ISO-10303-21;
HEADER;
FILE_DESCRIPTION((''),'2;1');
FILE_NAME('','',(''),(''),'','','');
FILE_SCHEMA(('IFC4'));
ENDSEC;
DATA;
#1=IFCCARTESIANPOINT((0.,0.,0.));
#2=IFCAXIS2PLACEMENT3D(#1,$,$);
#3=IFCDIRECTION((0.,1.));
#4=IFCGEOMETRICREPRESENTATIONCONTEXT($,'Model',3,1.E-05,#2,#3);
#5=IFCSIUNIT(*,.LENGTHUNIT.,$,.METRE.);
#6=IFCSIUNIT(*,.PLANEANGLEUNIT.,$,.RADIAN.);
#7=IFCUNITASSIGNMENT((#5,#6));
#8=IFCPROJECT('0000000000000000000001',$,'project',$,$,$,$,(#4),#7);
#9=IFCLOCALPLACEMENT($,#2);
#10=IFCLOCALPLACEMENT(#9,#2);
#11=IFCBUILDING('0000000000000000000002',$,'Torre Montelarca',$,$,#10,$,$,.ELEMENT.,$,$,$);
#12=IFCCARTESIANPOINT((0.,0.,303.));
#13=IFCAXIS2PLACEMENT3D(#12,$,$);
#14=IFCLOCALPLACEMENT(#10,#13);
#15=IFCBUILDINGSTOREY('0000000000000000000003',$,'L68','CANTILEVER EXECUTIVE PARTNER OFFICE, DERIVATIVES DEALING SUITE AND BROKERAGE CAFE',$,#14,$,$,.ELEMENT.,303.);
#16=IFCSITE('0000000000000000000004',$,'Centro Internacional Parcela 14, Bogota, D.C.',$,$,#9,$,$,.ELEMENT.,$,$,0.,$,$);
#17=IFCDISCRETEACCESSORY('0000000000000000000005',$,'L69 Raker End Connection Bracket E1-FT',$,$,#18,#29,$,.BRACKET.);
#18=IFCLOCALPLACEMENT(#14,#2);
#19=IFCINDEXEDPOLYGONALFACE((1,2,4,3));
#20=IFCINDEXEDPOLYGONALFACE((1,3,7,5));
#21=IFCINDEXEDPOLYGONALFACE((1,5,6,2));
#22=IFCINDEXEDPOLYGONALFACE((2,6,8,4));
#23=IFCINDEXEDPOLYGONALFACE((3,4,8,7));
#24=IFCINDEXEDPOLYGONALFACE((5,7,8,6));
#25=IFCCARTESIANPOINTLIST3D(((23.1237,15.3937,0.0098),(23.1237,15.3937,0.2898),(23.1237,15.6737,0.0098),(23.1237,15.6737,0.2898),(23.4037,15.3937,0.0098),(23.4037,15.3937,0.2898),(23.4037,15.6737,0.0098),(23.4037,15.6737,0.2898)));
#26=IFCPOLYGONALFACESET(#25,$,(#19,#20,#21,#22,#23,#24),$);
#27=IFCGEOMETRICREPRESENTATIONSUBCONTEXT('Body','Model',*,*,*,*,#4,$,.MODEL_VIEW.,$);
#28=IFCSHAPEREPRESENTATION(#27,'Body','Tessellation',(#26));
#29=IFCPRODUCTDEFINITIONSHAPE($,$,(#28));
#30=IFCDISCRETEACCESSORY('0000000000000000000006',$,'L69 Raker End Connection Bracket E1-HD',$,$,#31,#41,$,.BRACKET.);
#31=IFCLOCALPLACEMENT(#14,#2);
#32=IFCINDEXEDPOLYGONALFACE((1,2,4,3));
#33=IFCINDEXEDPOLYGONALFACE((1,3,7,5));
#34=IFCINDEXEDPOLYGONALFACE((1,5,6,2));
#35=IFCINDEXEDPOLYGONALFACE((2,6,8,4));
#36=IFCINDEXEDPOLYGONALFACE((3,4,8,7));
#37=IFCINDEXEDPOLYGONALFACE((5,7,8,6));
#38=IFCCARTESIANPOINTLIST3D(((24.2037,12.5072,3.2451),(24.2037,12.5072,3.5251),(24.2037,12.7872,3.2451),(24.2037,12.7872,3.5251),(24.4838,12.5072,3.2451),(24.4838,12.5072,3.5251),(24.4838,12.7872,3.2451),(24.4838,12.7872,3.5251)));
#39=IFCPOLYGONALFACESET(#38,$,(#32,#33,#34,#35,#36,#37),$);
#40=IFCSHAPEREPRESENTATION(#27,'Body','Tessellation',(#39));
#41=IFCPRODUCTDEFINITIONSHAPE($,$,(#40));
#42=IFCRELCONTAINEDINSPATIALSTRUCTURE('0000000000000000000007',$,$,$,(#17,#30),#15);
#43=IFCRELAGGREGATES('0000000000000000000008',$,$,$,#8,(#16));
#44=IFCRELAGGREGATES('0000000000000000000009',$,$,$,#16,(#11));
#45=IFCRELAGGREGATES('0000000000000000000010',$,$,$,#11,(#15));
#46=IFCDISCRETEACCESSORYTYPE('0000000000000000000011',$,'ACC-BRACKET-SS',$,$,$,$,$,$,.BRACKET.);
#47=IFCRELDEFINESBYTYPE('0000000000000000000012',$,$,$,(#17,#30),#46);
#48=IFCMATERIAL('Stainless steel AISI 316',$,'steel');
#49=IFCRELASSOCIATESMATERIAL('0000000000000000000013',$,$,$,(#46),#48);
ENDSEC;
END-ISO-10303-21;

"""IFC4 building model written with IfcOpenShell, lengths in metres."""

from ifc_helpers import new_model, si_unit, direction, frame, origin, origin_2d, place, context, subcontext, project, spatial, rectangle, extrude, source, transform, mapped, material, type_object, element, save


model = new_model("IFC4")

# Units and contexts
model_context = context("Model", 3, precision=1e-05, world=origin(), true_north=direction((0.0, 1.0)))
body_context = subcontext(model_context, "Body", "Model", "MODEL_VIEW")
ifc_project = project(units=[si_unit("LENGTHUNIT", "METRE"), si_unit("PLANEANGLEUNIT", "RADIAN")], contexts=[model_context])

# Site, building, storey
site_placement = place(None, origin())
site = spatial("IfcSite", under=ifc_project, at=site_placement, Name="Centro Internacional Parcela 14, Bogota, D.C.", CompositionType="ELEMENT", RefElevation=0.0)
building_placement = place(site_placement, origin())
building = spatial("IfcBuilding", under=site, at=building_placement, Name="Torre Montelarca", CompositionType="ELEMENT")
storey_placement = place(building_placement, frame((0.0, 0.0, 303.0)))
storey = spatial("IfcBuildingStorey", under=building, at=storey_placement, Name="L68", Description="CANTILEVER EXECUTIVE PARTNER OFFICE, DERIVATIVES DEALING SUITE AND BROKERAGE CAFE", CompositionType="ELEMENT", Elevation=303.0)

# Discrete accessories
ifc_material_1 = material(Name="Stainless steel AISI 316", Category="steel")
discrete_accessory_type = type_object("IfcDiscreteAccessoryType", Name="ACC-BRACKET-SS", PredefinedType="BRACKET", material=ifc_material_1)
shared_shape_1 = source(origin(), body_context, "Body", "SweptSolid", [
    extrude(rectangle(XDim=0.28, YDim=0.28, at=origin_2d()), origin(), (0.0, 0.0, 1.0), 0.28),
])
for number, where, z_axis, x_axis, name in (
    (1, (23.2637, 15.5337, 0.0098), (0.0, 0.0, 1.0), (1.0, 0.0, 0.0), "L69 Raker End Connection Bracket E1-FT"),
    (2, (24.3438, 12.6472, 3.2451), (0.0, 0.0, 1.0), (1.0, 0.0, 0.0), "L69 Raker End Connection Bracket E1-HD"),
):
    element("IfcDiscreteAccessory", number, at=place(storey_placement, frame(where, z_axis=z_axis, x_axis=x_axis)), inside=storey, type_object=discrete_accessory_type, Name=name, PredefinedType="BRACKET", context=body_context, shape_type="MappedRepresentation", body=[
        mapped(shared_shape_1, transform((0.0, 0.0, 0.0), scale=1.0)),
    ])

save(model, "model.ifc")
